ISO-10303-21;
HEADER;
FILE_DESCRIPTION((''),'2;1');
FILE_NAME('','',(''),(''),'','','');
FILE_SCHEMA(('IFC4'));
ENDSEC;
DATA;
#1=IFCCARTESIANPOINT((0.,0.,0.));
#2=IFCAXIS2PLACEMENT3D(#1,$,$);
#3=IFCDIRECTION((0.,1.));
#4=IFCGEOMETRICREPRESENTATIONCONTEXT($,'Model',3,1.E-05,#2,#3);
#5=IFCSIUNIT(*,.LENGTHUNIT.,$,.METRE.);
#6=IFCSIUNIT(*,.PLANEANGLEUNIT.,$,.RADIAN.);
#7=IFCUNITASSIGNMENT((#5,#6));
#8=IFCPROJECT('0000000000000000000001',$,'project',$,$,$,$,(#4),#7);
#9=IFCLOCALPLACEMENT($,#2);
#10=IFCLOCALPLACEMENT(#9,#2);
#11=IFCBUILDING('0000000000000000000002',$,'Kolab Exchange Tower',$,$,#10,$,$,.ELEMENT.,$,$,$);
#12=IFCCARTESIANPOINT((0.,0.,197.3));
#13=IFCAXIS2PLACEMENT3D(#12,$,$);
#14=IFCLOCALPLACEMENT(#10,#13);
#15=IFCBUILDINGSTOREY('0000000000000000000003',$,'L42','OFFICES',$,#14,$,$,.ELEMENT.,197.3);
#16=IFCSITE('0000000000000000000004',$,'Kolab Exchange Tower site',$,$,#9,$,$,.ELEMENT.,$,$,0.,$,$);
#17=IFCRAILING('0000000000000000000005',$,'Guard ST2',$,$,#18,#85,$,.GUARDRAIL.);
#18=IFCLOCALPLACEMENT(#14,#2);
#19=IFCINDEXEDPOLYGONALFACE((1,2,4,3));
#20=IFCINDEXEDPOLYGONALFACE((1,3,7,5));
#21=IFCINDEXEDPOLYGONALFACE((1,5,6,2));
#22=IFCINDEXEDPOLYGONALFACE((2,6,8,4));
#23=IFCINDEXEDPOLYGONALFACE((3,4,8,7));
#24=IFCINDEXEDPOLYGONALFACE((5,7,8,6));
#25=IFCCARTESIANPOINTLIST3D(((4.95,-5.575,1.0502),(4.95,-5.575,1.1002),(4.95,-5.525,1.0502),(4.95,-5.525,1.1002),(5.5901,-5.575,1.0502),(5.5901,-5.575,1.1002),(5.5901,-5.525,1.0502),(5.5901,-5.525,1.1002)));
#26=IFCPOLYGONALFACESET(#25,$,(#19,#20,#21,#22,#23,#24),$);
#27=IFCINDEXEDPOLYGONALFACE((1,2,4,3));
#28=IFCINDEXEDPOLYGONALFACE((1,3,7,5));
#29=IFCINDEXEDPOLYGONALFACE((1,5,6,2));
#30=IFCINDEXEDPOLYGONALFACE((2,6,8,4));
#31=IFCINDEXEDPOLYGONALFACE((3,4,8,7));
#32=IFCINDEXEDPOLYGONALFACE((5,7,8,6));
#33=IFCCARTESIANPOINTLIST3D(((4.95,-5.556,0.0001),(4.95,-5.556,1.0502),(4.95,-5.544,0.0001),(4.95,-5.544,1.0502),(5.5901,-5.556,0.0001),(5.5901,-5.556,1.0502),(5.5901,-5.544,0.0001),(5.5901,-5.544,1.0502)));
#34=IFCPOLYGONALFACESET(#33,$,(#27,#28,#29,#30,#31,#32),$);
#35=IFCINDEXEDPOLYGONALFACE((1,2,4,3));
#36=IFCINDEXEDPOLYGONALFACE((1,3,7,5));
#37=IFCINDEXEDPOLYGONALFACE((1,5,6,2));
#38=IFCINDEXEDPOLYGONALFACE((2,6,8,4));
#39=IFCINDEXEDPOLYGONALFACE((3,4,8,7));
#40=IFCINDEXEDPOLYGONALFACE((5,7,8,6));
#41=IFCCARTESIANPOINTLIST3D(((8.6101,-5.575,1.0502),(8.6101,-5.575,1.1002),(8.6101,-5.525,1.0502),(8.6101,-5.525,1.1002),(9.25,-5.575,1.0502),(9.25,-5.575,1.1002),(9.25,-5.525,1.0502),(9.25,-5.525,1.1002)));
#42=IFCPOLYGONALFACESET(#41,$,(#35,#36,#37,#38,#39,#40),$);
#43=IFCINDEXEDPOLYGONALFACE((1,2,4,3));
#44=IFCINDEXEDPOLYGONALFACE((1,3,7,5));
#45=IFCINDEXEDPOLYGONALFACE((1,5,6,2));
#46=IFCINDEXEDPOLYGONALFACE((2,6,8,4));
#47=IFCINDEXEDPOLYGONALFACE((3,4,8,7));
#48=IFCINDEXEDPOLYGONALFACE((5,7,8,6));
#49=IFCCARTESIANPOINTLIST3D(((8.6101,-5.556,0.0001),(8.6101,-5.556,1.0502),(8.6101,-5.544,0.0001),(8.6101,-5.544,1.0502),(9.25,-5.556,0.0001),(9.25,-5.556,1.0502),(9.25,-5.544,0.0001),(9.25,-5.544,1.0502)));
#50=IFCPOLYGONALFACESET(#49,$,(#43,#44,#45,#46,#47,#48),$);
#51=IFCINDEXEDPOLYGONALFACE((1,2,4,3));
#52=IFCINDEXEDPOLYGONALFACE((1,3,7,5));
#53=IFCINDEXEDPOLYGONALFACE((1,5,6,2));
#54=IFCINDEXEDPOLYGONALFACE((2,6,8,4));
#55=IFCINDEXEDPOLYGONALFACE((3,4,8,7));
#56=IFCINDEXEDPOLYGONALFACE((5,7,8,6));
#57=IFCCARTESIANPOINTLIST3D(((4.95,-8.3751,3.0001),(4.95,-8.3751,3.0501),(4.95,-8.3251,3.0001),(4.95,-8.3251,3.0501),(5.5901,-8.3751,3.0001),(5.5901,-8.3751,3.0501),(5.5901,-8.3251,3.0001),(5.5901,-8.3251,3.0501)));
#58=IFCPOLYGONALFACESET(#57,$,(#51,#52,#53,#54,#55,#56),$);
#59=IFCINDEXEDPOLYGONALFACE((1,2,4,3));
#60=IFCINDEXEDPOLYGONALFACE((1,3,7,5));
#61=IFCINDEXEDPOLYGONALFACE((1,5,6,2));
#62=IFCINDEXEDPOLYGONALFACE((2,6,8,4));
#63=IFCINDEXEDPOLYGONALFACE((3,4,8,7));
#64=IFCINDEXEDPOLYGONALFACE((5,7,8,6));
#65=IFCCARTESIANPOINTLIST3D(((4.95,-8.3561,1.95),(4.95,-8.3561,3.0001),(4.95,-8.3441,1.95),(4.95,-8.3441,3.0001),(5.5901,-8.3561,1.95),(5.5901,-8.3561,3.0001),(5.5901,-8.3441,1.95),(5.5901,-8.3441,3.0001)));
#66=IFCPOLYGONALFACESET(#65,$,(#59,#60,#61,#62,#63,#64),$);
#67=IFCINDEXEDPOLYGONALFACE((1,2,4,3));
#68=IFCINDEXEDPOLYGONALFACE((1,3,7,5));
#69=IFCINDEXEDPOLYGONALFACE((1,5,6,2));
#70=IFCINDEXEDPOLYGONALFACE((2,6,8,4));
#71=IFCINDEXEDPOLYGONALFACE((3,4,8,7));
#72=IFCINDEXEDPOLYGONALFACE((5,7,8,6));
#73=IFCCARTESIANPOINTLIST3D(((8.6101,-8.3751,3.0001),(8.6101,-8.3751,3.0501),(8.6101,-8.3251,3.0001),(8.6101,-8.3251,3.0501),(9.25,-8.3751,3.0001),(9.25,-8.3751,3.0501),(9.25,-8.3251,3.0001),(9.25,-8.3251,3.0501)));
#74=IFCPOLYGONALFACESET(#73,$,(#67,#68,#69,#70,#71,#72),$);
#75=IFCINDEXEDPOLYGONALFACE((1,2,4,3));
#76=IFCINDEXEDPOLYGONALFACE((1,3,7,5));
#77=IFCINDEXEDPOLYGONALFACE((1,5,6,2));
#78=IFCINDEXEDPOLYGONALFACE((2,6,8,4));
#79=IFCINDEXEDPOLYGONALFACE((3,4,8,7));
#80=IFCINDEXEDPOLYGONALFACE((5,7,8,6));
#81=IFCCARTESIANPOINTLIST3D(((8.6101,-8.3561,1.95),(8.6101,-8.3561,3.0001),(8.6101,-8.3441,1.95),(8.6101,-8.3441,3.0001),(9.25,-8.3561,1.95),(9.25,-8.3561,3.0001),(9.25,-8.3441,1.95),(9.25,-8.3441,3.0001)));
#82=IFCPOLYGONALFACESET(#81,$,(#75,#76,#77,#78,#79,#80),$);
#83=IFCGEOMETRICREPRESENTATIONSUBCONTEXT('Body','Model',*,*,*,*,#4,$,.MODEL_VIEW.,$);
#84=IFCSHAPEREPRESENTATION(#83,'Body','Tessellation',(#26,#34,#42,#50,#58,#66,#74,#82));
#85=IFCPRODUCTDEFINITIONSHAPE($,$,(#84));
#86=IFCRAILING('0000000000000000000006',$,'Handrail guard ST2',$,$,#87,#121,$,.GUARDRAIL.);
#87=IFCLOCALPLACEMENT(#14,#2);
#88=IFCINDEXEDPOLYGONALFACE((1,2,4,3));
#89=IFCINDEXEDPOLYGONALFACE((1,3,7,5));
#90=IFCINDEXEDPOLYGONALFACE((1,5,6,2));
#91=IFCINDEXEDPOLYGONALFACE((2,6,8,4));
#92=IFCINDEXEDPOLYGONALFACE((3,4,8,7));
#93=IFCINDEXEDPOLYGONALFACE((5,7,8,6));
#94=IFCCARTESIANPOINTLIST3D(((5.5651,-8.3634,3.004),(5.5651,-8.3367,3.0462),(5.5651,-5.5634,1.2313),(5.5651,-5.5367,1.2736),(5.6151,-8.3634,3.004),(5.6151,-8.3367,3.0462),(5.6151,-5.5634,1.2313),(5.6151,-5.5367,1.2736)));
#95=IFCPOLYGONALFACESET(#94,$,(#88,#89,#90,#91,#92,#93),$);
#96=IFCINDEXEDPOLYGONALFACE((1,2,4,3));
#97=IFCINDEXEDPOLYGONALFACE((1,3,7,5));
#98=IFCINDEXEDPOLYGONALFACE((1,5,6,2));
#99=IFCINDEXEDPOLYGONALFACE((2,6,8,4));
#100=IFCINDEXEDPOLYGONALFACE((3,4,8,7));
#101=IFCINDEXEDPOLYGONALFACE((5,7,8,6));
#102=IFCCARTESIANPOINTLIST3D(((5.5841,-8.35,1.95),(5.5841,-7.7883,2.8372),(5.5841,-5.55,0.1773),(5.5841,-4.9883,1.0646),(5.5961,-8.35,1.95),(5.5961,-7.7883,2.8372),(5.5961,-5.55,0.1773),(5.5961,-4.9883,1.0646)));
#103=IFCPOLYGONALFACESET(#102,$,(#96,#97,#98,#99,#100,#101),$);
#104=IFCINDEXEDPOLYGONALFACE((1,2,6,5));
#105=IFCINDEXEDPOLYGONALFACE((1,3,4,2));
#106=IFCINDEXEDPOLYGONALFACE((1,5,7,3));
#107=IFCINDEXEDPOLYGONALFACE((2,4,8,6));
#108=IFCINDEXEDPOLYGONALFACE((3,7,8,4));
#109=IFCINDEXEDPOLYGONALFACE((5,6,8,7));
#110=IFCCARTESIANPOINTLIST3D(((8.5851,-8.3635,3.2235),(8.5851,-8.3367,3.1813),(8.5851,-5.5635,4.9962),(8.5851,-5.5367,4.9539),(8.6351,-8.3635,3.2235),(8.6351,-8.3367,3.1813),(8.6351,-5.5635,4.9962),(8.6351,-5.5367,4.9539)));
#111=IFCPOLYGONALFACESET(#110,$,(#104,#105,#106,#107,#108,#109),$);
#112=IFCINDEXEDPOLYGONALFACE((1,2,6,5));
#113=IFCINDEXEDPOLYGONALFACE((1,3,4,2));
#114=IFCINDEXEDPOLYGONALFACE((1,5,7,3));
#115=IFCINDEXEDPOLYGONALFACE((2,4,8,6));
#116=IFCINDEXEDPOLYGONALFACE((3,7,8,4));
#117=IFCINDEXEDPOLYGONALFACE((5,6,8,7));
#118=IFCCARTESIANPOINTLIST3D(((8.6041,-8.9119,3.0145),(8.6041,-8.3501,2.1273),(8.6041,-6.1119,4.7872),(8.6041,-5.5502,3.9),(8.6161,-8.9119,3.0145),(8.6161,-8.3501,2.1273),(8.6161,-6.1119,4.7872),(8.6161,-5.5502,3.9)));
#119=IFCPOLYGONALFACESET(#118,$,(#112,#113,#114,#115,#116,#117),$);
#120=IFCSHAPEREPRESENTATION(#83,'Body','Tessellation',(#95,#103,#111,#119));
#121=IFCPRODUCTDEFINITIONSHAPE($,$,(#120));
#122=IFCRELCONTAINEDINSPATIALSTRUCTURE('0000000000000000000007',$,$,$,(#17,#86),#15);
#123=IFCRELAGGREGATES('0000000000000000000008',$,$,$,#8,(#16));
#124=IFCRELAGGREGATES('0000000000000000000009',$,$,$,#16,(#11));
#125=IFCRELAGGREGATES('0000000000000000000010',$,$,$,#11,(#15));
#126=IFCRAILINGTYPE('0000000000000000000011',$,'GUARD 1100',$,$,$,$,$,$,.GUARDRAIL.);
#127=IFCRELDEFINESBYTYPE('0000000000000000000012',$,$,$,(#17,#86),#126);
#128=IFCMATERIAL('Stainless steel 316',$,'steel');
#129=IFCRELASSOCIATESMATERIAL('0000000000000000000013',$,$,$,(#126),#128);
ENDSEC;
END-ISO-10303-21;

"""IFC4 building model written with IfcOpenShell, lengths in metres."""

from ifc_helpers import new_model, si_unit, direction, frame, frame_2d, origin, origin_2d, place, context, subcontext, project, spatial, rectangle, extrude, material, type_object, element, save


model = new_model("IFC4")

# Units and contexts
model_context = context("Model", 3, precision=1e-05, world=origin(), true_north=direction((0.0, 1.0)))
body_context = subcontext(model_context, "Body", "Model", "MODEL_VIEW")
ifc_project = project(units=[si_unit("LENGTHUNIT", "METRE"), si_unit("PLANEANGLEUNIT", "RADIAN")], contexts=[model_context])

# Site, building, storey
site_placement = place(None, origin())
site = spatial("IfcSite", under=ifc_project, at=site_placement, Name="Kolab Exchange Tower site", CompositionType="ELEMENT", RefElevation=0.0)
building_placement = place(site_placement, origin())
building = spatial("IfcBuilding", under=site, at=building_placement, Name="Kolab Exchange Tower", CompositionType="ELEMENT")
storey_placement = place(building_placement, frame((0.0, 0.0, 197.3)))
storey = spatial("IfcBuildingStorey", under=building, at=storey_placement, Name="L42", Description="OFFICES", CompositionType="ELEMENT", Elevation=197.3)

# Shared definitions
ifc_material_1 = material(Name="Stainless steel 316", Category="steel")

# Railings
railing_type = type_object("IfcRailingType", Name="GUARD 1100", PredefinedType="GUARDRAIL", material=ifc_material_1)
railing_1_placement = place(storey_placement, frame((4.95, -5.55, 0.0)))
element("IfcRailing", 1, at=railing_1_placement, inside=storey, type_object=railing_type, Name="Guard ST2", PredefinedType="GUARDRAIL", context=body_context, shape_type="SweptSolid", body=[
    extrude(rectangle(XDim=0.05, YDim=0.05, at=origin_2d()), frame((0.0, 0.0, 1.0752), z_axis=(1.0, 0.0, 0.0), x_axis=(0.0, 1.0, 0.0)), (0.0, 0.0, 1.0), 0.6401),
    extrude(rectangle(XDim=0.012, YDim=1.0501, at=frame_2d((0.0, 0.5251))), frame((0.0, 0.0, 0.0), z_axis=(1.0, 0.0, 0.0), x_axis=(0.0, 1.0, 0.0)), (0.0, 0.0, 1.0), 0.6401),
    extrude(rectangle(XDim=0.05, YDim=0.05, at=origin_2d()), frame((3.6602, 0.0, 1.0752), z_axis=(1.0, 0.0, 0.0), x_axis=(0.0, 1.0, 0.0)), (0.0, 0.0, 1.0), 0.6399),
    extrude(rectangle(XDim=0.012, YDim=1.0501, at=frame_2d((0.0, 0.5251))), frame((3.6602, 0.0, 0.0), z_axis=(1.0, 0.0, 0.0), x_axis=(0.0, 1.0, 0.0)), (0.0, 0.0, 1.0), 0.6399),
    extrude(rectangle(XDim=0.05, YDim=0.05, at=origin_2d()), frame((0.0, -2.8, 3.0251), z_axis=(1.0, 0.0, 0.0), x_axis=(0.0, 1.0, 0.0)), (0.0, 0.0, 1.0), 0.6401),
    extrude(rectangle(XDim=0.012, YDim=1.0501, at=frame_2d((0.0, 0.5251))), frame((0.0, -2.8, 1.95), z_axis=(1.0, 0.0, 0.0), x_axis=(0.0, 1.0, 0.0)), (0.0, 0.0, 1.0), 0.6401),
    extrude(rectangle(XDim=0.05, YDim=0.05, at=origin_2d()), frame((3.6602, -2.8, 3.0251), z_axis=(1.0, 0.0, 0.0), x_axis=(0.0, 1.0, 0.0)), (0.0, 0.0, 1.0), 0.6399),
    extrude(rectangle(XDim=0.012, YDim=1.0501, at=frame_2d((0.0, 0.5251))), frame((3.6602, -2.8, 1.95), z_axis=(1.0, 0.0, 0.0), x_axis=(0.0, 1.0, 0.0)), (0.0, 0.0, 1.0), 0.6399),
])
railing_2_placement = place(storey_placement, frame((5.5901, -5.55, 0.1772)))
element("IfcRailing", 2, at=railing_2_placement, inside=storey, type_object=railing_type, Name="Handrail guard ST2", PredefinedType="GUARDRAIL", context=body_context, shape_type="SweptSolid", body=[
    extrude(rectangle(XDim=0.05, YDim=0.05, at=origin_2d()), frame((0.0, 0.0, 1.0752), z_axis=(0.0, -0.844909, 0.53491), x_axis=(1.0, 0.0, 0.0)), (0.0, 0.0, 1.0), 3.314),
    extrude(rectangle(XDim=0.012, YDim=1.0501, at=frame_2d((0.0, 0.5251))), frame((0.0, 0.0, 0.0), z_axis=(0.0, -0.844909, 0.53491), x_axis=(1.0, 0.0, 0.0)), (0.0, 0.0, 1.0), 3.314),
    extrude(rectangle(XDim=0.05, YDim=0.05, at=origin_2d()), frame((3.02, -2.8, 3.0251), z_axis=(0.0, 0.844909, 0.53491), x_axis=(-1.0, 0.0, 0.0)), (0.0, 0.0, 1.0), 3.314),
    extrude(rectangle(XDim=0.012, YDim=1.0501, at=frame_2d((0.0, 0.5251))), frame((3.02, -2.8, 1.95), z_axis=(0.0, 0.844909, 0.53491), x_axis=(-1.0, 0.0, 0.0)), (0.0, 0.0, 1.0), 3.314),
])

save(model, "model.ifc")
